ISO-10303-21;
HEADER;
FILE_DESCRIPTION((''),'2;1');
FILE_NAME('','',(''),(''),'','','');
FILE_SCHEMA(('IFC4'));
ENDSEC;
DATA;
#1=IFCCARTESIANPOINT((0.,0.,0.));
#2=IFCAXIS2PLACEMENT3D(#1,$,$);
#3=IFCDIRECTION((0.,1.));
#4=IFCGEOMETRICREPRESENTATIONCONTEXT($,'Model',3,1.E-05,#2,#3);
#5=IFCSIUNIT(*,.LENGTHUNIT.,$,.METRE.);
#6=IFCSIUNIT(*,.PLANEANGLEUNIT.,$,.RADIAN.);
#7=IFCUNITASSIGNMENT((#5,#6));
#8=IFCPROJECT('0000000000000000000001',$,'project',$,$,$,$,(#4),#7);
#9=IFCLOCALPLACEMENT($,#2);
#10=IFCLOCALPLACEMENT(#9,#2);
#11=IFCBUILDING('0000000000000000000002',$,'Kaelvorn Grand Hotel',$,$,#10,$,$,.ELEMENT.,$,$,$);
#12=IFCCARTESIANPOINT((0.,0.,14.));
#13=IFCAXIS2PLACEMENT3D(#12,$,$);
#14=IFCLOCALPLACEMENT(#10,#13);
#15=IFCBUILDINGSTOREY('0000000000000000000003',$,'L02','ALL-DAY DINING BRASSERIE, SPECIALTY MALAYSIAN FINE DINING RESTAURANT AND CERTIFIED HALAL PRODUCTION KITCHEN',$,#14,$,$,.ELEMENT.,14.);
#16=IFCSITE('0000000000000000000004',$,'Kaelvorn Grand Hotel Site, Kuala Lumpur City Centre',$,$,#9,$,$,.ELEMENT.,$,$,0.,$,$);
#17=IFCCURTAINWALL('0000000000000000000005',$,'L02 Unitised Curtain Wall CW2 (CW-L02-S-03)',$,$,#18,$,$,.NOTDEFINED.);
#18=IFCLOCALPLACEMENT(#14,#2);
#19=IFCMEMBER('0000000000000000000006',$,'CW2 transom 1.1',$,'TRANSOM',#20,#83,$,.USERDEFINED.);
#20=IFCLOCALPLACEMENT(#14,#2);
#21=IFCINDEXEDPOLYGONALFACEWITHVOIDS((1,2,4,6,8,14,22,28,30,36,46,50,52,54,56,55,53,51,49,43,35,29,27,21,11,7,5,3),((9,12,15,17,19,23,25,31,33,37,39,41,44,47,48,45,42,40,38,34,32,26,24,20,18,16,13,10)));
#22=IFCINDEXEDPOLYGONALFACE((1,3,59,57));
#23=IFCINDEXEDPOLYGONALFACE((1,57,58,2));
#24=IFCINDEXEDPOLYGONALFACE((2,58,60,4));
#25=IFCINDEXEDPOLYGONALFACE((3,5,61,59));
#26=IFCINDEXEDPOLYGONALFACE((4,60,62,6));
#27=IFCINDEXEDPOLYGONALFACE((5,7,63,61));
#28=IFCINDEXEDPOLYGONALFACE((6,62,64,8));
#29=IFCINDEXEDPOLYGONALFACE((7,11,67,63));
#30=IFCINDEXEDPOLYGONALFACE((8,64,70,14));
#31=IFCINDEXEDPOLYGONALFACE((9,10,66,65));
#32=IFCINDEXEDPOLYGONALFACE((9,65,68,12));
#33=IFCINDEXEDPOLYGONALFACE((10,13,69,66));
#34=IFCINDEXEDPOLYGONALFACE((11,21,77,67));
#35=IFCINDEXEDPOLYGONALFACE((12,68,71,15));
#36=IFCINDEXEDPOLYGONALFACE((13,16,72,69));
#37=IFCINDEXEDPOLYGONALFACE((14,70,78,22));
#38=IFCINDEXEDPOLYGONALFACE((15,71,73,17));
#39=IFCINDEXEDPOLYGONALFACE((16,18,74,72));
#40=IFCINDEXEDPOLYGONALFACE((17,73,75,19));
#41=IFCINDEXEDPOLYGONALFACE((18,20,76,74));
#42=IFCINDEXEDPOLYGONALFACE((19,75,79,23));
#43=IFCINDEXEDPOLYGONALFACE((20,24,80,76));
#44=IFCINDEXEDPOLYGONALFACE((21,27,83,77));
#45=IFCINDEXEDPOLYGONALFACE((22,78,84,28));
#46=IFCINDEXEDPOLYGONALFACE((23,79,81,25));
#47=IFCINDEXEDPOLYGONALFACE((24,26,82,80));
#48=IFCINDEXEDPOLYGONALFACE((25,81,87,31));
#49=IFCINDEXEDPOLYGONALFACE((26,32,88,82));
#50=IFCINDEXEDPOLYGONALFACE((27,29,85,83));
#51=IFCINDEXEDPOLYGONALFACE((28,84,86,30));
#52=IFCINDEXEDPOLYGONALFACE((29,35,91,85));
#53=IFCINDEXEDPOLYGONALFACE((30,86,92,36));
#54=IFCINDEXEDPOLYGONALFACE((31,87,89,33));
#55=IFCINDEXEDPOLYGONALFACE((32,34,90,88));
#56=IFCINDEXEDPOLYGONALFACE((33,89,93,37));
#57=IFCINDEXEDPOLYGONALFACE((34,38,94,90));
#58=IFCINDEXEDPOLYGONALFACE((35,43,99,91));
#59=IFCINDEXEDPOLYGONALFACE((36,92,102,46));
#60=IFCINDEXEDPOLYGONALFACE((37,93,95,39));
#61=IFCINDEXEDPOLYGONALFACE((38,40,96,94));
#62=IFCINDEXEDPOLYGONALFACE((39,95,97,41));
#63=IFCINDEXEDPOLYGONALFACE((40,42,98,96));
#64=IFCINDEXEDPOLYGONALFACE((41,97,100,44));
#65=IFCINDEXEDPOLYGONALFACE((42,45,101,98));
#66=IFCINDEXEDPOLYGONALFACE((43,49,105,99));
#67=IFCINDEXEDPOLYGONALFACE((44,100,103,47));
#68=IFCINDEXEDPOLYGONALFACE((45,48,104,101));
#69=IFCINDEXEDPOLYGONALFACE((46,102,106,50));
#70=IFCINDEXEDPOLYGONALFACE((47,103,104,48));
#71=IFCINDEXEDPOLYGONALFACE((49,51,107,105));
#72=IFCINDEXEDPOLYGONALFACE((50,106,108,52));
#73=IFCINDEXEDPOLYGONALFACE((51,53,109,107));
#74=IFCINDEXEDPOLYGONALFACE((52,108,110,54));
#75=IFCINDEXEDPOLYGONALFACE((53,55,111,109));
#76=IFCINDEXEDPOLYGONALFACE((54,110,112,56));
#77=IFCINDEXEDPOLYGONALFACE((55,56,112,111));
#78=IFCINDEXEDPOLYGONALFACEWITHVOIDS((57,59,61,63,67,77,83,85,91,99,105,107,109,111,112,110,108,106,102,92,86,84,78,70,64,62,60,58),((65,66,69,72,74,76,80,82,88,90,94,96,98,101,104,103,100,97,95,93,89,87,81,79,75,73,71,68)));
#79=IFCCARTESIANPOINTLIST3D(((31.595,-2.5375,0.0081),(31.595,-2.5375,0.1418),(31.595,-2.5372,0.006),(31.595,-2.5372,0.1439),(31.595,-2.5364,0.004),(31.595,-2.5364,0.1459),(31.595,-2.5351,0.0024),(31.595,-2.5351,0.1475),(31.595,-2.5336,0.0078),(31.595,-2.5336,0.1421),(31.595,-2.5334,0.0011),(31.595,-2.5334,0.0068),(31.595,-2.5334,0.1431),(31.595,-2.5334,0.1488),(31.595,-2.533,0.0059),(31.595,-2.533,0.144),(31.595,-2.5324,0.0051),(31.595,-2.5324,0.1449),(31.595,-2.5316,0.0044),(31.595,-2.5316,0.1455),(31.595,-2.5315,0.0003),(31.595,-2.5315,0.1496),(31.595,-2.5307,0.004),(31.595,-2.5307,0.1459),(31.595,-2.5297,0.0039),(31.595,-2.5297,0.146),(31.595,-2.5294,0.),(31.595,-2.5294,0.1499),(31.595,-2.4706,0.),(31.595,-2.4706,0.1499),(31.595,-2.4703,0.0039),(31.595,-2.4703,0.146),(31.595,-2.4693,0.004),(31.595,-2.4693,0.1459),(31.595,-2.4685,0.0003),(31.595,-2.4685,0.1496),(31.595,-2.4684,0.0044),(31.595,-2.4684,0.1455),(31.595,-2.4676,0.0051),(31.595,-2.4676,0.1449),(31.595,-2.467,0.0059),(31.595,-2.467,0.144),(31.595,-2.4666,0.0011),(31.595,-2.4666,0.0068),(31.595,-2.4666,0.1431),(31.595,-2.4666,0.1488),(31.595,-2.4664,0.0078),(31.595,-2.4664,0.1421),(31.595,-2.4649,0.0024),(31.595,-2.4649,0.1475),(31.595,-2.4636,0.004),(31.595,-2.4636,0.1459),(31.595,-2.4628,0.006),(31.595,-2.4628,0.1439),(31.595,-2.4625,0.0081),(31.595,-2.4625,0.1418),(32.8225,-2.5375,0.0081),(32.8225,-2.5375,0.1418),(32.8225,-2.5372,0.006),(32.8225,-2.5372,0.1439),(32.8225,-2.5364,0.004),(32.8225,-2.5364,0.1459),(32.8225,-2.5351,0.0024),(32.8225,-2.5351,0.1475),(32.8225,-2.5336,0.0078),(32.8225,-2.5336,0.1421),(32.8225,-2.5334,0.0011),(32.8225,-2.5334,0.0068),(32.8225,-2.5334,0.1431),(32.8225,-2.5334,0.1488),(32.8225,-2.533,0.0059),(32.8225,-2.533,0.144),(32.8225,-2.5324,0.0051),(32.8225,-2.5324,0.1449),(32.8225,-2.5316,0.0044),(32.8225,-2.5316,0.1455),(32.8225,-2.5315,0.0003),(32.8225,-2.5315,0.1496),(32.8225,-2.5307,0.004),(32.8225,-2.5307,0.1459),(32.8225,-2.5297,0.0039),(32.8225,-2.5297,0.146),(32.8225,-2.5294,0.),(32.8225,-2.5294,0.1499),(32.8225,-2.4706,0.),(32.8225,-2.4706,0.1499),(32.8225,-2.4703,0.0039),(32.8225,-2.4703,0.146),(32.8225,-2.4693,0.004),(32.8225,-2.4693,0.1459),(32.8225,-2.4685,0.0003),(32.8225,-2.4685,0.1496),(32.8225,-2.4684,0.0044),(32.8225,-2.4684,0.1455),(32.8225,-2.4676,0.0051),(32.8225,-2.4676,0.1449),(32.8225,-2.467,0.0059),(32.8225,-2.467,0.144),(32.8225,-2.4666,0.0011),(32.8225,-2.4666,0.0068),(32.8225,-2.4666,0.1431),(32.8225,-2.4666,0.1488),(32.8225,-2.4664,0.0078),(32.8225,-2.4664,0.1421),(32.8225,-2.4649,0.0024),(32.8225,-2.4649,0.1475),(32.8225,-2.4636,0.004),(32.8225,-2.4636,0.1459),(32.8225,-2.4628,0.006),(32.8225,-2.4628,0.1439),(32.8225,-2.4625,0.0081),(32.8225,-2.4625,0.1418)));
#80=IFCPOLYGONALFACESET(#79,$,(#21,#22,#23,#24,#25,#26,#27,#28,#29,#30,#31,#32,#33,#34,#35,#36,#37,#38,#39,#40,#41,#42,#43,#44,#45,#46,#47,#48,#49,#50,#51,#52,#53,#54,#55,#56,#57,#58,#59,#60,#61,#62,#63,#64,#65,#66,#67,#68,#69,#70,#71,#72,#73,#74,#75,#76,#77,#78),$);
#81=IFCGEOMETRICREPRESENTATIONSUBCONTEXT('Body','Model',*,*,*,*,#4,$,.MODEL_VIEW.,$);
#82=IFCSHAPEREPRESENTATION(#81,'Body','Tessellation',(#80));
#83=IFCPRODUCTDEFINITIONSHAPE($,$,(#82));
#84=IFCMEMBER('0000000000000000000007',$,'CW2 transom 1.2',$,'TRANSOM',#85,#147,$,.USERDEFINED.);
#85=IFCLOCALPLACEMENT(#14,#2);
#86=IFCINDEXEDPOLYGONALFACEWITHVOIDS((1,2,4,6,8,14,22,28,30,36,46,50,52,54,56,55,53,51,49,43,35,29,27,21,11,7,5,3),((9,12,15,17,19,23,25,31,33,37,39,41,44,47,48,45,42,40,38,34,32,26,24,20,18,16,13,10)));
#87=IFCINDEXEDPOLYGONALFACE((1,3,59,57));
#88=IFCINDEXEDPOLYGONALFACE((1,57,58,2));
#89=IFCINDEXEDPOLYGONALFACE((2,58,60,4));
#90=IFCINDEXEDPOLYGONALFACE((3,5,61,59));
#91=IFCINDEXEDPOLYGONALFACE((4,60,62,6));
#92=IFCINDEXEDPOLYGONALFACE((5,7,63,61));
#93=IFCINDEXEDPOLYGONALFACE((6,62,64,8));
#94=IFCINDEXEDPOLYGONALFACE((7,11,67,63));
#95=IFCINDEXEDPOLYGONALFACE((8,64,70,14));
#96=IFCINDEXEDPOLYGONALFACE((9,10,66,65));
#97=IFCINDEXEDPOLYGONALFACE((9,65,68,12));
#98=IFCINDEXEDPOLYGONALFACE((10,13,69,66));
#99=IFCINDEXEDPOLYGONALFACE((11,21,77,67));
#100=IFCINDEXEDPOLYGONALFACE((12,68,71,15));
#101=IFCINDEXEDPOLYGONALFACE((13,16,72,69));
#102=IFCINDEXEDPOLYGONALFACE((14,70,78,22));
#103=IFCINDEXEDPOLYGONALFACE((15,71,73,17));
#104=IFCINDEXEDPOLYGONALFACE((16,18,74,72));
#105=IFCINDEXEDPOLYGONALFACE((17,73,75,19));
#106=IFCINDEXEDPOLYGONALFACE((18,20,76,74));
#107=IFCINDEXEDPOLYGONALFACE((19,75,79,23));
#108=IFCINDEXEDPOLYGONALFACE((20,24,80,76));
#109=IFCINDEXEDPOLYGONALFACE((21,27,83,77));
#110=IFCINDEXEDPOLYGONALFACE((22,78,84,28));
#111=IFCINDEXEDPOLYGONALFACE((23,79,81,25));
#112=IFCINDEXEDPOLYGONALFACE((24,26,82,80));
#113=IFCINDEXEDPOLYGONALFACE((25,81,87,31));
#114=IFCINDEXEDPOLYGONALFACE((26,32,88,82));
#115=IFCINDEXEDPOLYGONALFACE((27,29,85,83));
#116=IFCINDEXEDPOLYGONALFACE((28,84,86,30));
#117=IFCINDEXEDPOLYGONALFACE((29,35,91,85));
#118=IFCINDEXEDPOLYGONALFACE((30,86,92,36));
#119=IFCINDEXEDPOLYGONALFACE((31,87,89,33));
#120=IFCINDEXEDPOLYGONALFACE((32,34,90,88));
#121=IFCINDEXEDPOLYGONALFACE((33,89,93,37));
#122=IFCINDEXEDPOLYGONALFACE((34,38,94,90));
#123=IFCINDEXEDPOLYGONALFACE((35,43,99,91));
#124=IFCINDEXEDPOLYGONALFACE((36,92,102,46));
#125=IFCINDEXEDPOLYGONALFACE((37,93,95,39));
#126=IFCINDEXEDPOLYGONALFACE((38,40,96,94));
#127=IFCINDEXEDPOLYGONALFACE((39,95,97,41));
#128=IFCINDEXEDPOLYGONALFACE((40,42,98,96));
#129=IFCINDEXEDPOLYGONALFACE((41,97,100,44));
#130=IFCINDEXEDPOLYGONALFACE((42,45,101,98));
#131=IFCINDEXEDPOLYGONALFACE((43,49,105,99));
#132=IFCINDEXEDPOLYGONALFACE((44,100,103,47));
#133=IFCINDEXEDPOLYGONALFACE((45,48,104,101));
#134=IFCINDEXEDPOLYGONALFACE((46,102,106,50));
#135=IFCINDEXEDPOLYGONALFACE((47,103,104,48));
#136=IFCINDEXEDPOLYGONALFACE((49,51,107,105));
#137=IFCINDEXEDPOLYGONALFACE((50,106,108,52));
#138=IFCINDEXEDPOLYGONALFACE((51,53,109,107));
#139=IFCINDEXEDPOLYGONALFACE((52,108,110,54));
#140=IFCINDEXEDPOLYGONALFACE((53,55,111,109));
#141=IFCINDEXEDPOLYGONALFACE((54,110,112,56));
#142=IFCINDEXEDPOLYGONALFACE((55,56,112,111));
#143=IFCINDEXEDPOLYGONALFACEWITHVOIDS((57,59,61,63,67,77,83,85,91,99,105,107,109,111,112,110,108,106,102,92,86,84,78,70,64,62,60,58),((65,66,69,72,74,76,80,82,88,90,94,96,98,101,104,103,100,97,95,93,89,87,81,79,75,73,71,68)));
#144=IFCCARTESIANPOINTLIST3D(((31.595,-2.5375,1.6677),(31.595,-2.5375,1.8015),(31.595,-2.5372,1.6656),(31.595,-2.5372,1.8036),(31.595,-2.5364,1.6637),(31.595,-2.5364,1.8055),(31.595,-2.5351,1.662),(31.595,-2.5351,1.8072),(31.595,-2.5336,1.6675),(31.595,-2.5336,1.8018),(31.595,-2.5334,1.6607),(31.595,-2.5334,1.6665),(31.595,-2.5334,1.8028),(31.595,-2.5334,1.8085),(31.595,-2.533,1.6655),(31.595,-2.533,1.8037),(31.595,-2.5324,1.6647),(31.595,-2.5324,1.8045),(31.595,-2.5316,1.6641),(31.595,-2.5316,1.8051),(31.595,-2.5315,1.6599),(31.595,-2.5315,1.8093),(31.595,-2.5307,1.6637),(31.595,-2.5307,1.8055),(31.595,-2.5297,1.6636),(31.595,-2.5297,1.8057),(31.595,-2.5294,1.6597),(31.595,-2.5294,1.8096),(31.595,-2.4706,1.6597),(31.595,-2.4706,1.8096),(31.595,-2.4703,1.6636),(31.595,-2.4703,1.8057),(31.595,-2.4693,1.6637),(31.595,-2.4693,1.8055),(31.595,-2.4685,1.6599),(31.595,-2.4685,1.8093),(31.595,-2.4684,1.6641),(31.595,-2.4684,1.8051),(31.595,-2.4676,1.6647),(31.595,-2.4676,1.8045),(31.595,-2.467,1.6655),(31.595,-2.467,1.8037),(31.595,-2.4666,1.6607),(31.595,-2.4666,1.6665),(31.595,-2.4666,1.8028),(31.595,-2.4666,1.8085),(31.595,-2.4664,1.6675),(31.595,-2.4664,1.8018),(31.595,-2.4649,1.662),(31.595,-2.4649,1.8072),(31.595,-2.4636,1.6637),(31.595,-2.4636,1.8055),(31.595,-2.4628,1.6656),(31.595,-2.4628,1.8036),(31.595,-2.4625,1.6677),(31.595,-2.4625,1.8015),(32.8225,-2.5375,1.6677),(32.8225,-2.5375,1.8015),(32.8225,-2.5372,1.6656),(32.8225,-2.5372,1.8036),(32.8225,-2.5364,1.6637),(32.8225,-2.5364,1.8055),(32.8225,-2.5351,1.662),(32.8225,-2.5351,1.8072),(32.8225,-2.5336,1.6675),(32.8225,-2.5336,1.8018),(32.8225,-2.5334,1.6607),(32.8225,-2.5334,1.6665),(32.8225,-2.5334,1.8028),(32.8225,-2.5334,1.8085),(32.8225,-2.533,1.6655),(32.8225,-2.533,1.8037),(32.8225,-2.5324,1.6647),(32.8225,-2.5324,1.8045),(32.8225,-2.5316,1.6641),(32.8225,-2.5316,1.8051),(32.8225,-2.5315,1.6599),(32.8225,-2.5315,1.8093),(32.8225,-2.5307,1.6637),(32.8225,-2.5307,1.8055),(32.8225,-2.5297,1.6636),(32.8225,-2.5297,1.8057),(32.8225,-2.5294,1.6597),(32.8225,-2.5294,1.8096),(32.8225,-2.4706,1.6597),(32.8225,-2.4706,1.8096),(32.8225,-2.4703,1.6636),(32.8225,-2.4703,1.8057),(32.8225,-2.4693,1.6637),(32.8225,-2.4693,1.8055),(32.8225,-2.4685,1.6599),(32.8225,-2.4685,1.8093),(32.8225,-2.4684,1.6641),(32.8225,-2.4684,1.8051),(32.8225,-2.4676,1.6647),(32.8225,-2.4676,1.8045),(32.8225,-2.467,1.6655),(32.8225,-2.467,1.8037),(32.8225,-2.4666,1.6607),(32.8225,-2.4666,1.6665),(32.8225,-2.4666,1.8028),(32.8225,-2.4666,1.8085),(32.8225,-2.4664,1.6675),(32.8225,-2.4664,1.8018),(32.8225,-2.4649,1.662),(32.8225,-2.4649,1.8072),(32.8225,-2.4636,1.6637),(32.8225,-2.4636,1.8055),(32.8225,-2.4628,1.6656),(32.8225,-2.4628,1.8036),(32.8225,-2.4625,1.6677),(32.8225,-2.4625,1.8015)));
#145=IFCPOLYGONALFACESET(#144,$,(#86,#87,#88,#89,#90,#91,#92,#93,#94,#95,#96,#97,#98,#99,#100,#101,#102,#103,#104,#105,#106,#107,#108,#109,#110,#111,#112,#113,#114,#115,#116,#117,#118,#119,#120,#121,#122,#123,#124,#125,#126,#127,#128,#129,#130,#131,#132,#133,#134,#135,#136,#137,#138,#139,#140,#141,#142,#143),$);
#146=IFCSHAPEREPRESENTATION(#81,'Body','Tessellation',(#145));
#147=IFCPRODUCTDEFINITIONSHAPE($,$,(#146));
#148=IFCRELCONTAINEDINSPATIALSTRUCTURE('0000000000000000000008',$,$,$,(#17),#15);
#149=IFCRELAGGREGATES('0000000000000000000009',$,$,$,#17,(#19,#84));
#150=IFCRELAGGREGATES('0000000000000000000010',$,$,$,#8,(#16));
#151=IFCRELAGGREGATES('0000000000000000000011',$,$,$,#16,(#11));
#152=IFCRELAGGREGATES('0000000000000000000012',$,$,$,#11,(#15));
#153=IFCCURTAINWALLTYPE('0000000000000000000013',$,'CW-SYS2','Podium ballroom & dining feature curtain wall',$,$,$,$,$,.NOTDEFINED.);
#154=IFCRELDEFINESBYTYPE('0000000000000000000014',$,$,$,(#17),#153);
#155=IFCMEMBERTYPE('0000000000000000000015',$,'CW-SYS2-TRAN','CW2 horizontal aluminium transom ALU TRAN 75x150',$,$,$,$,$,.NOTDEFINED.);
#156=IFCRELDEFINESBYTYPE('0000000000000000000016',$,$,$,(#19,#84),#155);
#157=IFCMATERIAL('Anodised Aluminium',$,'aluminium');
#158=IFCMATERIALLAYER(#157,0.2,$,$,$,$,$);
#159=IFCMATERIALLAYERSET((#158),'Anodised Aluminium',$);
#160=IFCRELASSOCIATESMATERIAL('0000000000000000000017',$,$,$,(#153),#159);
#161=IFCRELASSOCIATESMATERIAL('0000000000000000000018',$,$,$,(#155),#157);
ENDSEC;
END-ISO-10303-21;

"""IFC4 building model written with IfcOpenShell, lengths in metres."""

from ifc_helpers import new_model, si_unit, direction, frame, origin, origin_2d, place, context, subcontext, project, spatial, hollow_rectangle, extrude, material, layer, layer_set, material_profile, profile_set, type_object, element, aggregate, save


model = new_model("IFC4")

# Units and contexts
model_context = context("Model", 3, precision=1e-05, world=origin(), true_north=direction((0.0, 1.0)))
body_context = subcontext(model_context, "Body", "Model", "MODEL_VIEW")
ifc_project = project(units=[si_unit("LENGTHUNIT", "METRE"), si_unit("PLANEANGLEUNIT", "RADIAN")], contexts=[model_context])

# Site, building, storey
site_placement = place(None, origin())
site = spatial("IfcSite", under=ifc_project, at=site_placement, Name="Kaelvorn Grand Hotel Site, Kuala Lumpur City Centre", CompositionType="ELEMENT", RefElevation=0.0)
building_placement = place(site_placement, origin())
building = spatial("IfcBuilding", under=site, at=building_placement, Name="Kaelvorn Grand Hotel", CompositionType="ELEMENT")
storey_placement = place(building_placement, frame((0.0, 0.0, 14.0)))
storey = spatial("IfcBuildingStorey", under=building, at=storey_placement, Name="L02", Description="ALL-DAY DINING BRASSERIE, SPECIALTY MALAYSIAN FINE DINING RESTAURANT AND CERTIFIED HALAL PRODUCTION KITCHEN", CompositionType="ELEMENT", Elevation=14.0)

# Shared definitions
ifc_material_1 = material(Name="Anodised Aluminium", Category="aluminium")
ifc_layer_1 = layer(ifc_material_1, 0.2)
ifc_layer_set_1 = layer_set([ifc_layer_1], Name="Anodised Aluminium")
curtain_wall_type = type_object("IfcCurtainWallType", Name="CW-SYS2", Description="Podium ballroom & dining feature curtain wall", PredefinedType="NOTDEFINED", material=ifc_layer_set_1)

# Curtain wall
curtain_wall_1_placement = place(storey_placement, origin())
curtain_wall_1 = element("IfcCurtainWall", 1, at=curtain_wall_1_placement, inside=storey, type_object=curtain_wall_type, Name="L02 Unitised Curtain Wall CW2 (CW-L02-S-03)", PredefinedType="NOTDEFINED")

# Members
ifc_material_profile_1 = material_profile(ifc_material_1, hollow_rectangle(XDim=0.075, YDim=0.1499, WallThickness=0.0039, InnerFilletRadius=0.0039, OuterFilletRadius=0.0081, at=origin_2d()), Name="ALU TRAN 75x150")
ifc_profile_set_1 = profile_set([ifc_material_profile_1], Name="Anodised Aluminium")
member_type_1 = type_object("IfcMemberType", Name="CW-SYS2-TRAN", Description="CW2 horizontal aluminium transom ALU TRAN 75x150", PredefinedType="NOTDEFINED", material=ifc_profile_set_1)
member_1_placement = place(storey_placement, frame((31.595, -2.5, 0.075), z_axis=(1.0, 0.0, 0.0), x_axis=(0.0, 1.0, 0.0)))
member_1 = element("IfcMember", 2, at=member_1_placement, type_object=member_type_1, Name="CW2 transom 1.1", ObjectType="TRANSOM", PredefinedType="USERDEFINED", context=body_context, shape_type="SweptSolid", body=[
    extrude(hollow_rectangle(XDim=0.075, YDim=0.1499, WallThickness=0.0039, InnerFilletRadius=0.0039, OuterFilletRadius=0.0081, at=origin_2d()), origin(), (0.0, 0.0, 1.0), 1.2275),
])
member_2_placement = place(storey_placement, frame((31.595, -2.5, 1.7346), z_axis=(1.0, 0.0, 0.0), x_axis=(0.0, 1.0, 0.0)))
member_2 = element("IfcMember", 3, at=member_2_placement, type_object=member_type_1, Name="CW2 transom 1.2", ObjectType="TRANSOM", PredefinedType="USERDEFINED", context=body_context, shape_type="SweptSolid", body=[
    extrude(hollow_rectangle(XDim=0.075, YDim=0.1499, WallThickness=0.0039, InnerFilletRadius=0.0039, OuterFilletRadius=0.0081, at=origin_2d()), origin(), (0.0, 0.0, 1.0), 1.2275),
])

aggregate(curtain_wall_1, [member_1, member_2])

save(model, "model.ifc")
